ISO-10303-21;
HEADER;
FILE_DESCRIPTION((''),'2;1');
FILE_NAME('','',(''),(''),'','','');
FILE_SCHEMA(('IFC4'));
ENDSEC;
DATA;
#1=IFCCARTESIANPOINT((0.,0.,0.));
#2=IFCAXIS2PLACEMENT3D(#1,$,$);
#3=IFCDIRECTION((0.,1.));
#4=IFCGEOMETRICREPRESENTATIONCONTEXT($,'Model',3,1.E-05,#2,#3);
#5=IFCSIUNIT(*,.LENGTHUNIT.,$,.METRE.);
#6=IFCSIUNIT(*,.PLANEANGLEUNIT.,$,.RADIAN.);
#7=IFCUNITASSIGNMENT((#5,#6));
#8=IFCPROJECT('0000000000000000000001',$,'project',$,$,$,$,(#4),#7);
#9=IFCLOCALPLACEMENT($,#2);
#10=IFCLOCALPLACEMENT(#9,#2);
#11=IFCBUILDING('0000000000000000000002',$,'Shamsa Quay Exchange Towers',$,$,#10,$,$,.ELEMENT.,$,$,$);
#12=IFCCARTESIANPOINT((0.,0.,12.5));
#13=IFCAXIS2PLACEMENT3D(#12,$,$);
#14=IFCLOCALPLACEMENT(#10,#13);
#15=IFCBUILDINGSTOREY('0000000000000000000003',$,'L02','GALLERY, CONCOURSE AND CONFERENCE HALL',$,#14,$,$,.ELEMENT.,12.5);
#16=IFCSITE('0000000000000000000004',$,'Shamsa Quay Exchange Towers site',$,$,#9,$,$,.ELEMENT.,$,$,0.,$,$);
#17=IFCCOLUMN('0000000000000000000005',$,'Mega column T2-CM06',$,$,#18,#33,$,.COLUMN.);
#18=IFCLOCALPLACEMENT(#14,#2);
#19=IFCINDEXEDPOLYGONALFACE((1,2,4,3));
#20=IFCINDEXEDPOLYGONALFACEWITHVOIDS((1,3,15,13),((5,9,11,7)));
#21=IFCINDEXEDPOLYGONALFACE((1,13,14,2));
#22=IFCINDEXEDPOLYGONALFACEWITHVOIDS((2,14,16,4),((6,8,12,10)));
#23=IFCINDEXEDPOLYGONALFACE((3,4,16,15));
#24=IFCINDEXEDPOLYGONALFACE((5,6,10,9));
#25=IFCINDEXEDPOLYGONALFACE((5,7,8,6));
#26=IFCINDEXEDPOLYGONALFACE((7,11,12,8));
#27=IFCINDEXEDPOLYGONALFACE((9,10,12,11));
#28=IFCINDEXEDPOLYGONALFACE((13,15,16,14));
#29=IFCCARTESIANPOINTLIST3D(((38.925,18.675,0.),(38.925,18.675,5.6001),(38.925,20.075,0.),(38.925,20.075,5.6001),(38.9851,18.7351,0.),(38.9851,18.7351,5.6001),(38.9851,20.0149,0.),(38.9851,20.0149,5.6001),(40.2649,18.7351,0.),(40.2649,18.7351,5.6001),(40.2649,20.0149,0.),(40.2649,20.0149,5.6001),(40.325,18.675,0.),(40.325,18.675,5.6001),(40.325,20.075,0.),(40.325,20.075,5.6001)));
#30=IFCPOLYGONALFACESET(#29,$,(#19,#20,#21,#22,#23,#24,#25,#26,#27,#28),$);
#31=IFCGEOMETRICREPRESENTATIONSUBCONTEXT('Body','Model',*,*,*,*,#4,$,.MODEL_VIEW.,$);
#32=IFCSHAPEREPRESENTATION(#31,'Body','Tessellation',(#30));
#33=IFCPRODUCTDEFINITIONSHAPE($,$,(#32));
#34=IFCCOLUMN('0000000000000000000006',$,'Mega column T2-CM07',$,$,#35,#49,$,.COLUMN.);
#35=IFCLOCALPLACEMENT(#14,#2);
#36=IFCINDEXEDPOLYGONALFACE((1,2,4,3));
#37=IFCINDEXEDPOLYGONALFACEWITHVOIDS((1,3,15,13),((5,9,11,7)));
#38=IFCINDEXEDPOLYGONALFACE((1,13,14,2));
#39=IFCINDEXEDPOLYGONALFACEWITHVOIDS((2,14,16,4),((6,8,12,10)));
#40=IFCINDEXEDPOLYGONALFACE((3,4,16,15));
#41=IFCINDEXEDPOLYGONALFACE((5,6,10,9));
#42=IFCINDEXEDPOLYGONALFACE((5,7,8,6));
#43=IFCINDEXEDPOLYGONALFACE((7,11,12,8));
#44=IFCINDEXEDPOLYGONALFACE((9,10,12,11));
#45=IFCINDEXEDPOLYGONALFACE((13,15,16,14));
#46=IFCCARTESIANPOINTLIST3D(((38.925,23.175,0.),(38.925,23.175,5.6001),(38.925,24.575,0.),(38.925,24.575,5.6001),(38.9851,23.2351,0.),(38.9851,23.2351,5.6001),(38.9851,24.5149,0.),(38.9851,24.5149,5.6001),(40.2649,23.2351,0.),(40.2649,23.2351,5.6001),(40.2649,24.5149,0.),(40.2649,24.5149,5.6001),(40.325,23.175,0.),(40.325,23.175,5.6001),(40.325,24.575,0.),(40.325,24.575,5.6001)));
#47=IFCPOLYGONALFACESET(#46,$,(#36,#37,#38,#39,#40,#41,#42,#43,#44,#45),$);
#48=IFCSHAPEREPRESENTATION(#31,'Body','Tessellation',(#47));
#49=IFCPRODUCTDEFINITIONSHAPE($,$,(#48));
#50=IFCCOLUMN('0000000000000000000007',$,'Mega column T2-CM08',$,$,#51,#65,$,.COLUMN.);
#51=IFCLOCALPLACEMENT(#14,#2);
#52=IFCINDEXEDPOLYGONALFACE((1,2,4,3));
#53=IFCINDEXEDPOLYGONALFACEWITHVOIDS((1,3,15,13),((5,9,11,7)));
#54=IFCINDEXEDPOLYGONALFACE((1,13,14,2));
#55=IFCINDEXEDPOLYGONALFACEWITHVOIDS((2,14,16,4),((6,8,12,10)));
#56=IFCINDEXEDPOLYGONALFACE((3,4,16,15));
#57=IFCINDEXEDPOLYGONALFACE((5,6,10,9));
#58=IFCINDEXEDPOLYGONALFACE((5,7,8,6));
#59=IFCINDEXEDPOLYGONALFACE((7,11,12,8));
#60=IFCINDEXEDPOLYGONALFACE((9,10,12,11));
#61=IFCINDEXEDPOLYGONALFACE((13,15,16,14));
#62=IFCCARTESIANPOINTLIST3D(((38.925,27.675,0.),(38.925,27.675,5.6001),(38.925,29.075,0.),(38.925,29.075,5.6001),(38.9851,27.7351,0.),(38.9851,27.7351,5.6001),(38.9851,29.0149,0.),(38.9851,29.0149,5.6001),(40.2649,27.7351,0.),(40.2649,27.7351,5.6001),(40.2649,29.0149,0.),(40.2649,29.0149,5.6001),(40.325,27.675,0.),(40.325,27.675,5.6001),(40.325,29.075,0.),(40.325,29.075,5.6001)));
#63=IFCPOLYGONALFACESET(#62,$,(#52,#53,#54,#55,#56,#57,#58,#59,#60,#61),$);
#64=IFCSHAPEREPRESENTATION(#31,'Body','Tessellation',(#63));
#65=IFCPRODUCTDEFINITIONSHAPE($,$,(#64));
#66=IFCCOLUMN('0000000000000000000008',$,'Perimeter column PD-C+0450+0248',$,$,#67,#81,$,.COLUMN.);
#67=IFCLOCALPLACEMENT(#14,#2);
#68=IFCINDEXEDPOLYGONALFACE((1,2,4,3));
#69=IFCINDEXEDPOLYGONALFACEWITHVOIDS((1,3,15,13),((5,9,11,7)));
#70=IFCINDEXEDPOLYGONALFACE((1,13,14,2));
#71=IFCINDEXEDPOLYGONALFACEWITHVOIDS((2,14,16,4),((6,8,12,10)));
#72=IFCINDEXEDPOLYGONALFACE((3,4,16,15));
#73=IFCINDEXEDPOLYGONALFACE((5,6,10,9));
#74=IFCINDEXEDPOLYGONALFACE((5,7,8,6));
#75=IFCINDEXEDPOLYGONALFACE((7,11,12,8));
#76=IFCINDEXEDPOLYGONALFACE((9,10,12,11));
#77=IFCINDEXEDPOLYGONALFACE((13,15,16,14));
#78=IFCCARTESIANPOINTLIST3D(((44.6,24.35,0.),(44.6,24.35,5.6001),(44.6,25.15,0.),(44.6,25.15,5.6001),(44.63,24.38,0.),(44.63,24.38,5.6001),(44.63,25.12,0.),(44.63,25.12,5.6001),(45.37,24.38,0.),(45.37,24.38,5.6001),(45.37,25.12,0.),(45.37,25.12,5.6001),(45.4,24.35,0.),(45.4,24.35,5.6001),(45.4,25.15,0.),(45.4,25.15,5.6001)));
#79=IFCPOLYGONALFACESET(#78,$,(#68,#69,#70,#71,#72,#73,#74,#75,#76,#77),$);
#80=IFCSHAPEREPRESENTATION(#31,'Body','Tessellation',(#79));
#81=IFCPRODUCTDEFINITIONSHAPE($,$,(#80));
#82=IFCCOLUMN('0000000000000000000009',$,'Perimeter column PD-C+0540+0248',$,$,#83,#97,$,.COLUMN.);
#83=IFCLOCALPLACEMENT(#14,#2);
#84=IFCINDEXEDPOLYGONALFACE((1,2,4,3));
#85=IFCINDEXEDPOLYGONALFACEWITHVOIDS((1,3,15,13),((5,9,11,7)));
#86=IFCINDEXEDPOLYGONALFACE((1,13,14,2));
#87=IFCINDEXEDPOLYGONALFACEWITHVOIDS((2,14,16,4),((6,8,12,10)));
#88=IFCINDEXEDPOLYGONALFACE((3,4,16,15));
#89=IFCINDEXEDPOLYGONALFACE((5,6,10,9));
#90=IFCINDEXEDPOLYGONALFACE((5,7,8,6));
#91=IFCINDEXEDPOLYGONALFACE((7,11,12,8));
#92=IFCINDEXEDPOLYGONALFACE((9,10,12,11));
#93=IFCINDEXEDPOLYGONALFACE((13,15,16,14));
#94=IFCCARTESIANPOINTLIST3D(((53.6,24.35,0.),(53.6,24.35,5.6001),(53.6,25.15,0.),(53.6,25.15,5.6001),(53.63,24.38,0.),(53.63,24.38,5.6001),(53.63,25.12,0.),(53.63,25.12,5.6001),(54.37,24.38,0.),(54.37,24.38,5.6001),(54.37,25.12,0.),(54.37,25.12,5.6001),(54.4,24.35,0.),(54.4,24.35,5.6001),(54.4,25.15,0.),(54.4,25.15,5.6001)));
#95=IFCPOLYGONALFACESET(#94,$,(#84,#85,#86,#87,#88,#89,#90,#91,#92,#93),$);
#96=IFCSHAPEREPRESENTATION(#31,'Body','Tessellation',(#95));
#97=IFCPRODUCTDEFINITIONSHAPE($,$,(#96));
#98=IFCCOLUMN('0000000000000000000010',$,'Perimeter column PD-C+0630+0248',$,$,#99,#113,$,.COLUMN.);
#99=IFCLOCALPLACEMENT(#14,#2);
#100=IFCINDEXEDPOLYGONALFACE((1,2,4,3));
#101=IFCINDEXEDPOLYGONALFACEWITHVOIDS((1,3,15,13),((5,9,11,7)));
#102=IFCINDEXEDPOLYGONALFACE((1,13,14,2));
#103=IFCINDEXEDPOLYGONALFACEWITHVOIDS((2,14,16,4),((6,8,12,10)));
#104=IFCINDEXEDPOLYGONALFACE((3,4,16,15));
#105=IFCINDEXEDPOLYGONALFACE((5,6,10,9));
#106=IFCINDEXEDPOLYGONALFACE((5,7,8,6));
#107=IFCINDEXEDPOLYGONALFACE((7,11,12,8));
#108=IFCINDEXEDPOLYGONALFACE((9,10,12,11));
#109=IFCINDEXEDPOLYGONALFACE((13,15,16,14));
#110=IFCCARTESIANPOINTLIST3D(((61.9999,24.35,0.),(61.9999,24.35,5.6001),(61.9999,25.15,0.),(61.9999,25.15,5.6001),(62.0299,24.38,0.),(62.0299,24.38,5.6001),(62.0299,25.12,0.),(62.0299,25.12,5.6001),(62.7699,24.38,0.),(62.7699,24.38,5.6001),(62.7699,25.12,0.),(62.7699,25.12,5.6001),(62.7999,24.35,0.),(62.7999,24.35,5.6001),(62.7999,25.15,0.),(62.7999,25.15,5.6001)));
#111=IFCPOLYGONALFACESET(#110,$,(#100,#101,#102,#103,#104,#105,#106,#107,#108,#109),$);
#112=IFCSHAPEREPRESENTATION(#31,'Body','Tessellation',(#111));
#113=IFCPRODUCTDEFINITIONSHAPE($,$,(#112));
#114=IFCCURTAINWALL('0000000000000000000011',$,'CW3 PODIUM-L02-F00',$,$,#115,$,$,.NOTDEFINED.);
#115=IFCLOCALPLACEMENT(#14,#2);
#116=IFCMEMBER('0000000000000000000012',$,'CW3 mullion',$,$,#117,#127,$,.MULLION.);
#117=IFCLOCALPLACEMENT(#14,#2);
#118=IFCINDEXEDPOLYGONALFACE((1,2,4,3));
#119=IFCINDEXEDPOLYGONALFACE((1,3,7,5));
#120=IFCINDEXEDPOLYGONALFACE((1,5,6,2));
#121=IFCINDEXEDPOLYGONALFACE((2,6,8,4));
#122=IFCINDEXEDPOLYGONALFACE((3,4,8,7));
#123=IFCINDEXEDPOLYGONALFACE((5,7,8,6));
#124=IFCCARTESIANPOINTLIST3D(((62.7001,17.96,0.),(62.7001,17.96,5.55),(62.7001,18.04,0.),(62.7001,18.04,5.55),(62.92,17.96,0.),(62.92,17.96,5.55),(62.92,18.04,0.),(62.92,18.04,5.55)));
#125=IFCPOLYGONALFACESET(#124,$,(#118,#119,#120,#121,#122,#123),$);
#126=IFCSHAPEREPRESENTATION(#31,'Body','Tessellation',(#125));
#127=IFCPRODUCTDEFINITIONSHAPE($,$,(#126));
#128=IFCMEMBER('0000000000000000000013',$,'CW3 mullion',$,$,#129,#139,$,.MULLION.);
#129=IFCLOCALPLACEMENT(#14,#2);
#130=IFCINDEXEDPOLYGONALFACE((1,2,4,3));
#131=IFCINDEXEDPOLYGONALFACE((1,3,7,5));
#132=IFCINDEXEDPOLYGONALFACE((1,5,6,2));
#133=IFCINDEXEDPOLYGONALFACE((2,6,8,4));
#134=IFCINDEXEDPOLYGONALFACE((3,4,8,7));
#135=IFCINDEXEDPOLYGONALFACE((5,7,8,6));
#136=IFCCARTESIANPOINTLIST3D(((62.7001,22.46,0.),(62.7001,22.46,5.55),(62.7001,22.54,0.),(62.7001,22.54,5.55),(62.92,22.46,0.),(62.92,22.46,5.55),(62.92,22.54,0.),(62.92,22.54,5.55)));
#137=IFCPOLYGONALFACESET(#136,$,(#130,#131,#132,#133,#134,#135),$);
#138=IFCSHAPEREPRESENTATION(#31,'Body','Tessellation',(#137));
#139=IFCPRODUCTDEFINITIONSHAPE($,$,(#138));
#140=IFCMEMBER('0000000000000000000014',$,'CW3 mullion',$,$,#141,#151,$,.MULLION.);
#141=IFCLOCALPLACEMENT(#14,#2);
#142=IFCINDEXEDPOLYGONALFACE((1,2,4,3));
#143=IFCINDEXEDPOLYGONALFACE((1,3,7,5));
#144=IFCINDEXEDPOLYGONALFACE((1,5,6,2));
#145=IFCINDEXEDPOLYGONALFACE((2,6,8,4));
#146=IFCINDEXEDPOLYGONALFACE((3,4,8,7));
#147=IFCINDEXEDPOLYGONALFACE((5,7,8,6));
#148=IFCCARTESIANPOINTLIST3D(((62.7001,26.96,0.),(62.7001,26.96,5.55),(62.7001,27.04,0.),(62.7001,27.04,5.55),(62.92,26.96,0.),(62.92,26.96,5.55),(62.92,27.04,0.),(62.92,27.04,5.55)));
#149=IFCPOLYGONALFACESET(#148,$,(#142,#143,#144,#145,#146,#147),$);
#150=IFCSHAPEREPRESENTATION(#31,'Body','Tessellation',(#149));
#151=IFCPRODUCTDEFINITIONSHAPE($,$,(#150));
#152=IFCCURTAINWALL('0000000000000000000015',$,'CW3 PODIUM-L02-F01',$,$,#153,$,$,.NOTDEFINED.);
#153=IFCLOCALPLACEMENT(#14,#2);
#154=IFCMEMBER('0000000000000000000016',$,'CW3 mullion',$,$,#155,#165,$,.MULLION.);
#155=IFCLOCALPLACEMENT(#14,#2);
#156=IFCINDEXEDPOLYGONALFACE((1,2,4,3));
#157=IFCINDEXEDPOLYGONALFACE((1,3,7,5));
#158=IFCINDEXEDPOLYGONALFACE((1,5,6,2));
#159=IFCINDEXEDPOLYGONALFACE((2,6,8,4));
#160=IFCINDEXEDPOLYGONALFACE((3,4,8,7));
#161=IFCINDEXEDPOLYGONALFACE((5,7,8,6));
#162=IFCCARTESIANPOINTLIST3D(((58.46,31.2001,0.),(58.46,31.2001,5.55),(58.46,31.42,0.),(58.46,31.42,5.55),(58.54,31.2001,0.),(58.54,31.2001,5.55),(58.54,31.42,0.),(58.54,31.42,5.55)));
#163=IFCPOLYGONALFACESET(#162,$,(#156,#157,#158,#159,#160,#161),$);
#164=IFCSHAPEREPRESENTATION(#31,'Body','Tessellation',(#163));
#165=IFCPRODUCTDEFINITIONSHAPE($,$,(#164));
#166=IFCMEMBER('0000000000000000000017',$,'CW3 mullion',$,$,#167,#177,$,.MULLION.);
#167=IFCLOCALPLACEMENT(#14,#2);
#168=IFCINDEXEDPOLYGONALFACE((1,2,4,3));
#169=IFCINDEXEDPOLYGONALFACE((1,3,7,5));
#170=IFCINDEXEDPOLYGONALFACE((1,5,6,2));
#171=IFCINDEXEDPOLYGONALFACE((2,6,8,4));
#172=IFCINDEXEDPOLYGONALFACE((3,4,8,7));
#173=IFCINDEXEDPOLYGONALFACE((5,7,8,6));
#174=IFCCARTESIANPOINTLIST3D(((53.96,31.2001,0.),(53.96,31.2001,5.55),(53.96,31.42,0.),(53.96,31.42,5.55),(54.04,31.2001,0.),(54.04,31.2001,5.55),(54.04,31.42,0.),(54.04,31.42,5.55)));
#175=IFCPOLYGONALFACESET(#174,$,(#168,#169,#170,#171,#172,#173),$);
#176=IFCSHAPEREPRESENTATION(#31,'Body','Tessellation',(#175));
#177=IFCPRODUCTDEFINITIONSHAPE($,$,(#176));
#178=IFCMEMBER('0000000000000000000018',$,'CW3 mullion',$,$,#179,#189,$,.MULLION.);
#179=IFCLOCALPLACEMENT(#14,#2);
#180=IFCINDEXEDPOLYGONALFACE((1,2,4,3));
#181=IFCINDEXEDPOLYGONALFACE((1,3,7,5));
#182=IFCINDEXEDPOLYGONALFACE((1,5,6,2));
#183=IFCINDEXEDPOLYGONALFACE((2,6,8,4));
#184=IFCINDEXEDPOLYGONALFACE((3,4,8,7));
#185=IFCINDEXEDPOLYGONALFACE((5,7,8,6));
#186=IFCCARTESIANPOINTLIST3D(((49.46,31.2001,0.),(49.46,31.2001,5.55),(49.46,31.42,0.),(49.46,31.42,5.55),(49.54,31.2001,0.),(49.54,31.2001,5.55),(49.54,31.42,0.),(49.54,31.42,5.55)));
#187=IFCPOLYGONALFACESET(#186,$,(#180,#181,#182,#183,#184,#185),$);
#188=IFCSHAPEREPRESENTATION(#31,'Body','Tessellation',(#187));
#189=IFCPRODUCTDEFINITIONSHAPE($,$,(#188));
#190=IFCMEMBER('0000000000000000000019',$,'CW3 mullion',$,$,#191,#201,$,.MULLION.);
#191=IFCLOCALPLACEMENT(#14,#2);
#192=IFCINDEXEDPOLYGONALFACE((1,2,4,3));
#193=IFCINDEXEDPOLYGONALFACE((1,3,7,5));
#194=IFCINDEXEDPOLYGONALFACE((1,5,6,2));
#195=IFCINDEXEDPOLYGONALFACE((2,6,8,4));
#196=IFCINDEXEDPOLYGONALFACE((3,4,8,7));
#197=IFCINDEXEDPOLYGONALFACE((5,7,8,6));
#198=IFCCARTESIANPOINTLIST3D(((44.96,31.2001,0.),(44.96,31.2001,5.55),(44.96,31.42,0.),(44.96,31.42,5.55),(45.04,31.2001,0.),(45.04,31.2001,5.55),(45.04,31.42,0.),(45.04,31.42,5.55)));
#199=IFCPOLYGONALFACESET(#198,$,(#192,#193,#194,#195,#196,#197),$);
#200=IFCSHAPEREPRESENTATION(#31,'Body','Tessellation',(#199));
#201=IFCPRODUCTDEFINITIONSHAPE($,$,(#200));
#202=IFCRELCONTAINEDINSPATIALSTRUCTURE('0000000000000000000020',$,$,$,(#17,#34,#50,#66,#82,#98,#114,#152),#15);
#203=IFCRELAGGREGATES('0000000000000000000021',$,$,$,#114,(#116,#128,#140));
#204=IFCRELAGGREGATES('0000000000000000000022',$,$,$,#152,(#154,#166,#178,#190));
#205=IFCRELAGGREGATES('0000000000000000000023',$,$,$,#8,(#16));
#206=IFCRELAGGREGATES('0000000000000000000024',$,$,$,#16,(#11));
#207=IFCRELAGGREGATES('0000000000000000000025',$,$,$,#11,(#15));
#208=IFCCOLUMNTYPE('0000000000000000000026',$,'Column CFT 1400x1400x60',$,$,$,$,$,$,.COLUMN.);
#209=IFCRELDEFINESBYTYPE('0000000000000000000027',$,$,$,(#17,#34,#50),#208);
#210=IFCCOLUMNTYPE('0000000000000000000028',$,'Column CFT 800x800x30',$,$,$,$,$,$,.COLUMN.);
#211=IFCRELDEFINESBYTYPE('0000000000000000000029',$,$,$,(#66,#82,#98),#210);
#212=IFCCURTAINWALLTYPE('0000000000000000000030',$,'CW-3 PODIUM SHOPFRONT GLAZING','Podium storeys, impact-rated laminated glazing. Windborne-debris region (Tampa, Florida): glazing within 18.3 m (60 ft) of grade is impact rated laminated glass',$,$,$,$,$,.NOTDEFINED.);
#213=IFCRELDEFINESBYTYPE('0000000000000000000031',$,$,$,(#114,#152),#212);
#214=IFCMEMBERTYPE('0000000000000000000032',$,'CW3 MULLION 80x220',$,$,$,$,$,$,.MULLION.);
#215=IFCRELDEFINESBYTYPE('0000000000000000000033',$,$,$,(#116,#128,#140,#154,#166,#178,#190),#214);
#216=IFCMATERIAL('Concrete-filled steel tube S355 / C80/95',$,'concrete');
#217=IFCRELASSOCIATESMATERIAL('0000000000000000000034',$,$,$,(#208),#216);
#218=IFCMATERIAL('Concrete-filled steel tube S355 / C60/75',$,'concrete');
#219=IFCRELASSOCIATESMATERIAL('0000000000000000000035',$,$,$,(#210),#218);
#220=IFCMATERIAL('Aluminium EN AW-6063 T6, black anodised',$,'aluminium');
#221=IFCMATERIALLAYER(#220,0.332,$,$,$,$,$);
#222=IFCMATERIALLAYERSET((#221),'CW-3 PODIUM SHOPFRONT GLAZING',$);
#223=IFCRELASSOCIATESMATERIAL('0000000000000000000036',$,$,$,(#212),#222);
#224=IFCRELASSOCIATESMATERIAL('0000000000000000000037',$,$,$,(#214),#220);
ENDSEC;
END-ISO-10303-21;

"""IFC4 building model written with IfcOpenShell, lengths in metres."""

from ifc_helpers import new_model, si_unit, direction, frame, origin, origin_2d, place, context, subcontext, project, spatial, rectangle, hollow_rectangle, extrude, material, layer, layer_set, material_profile, profile_set, type_object, element, aggregate, save


model = new_model("IFC4")

# Units and contexts
model_context = context("Model", 3, precision=1e-05, world=origin(), true_north=direction((0.0, 1.0)))
body_context = subcontext(model_context, "Body", "Model", "MODEL_VIEW")
ifc_project = project(units=[si_unit("LENGTHUNIT", "METRE"), si_unit("PLANEANGLEUNIT", "RADIAN")], contexts=[model_context])

# Site, building, storey
site_placement = place(None, origin())
site = spatial("IfcSite", under=ifc_project, at=site_placement, Name="Shamsa Quay Exchange Towers site", CompositionType="ELEMENT", RefElevation=0.0)
building_placement = place(site_placement, origin())
building = spatial("IfcBuilding", under=site, at=building_placement, Name="Shamsa Quay Exchange Towers", CompositionType="ELEMENT")
storey_placement = place(building_placement, frame((0.0, 0.0, 12.5)))
storey = spatial("IfcBuildingStorey", under=building, at=storey_placement, Name="L02", Description="GALLERY, CONCOURSE AND CONFERENCE HALL", CompositionType="ELEMENT", Elevation=12.5)

# Columns
ifc_material_1 = material(Name="Concrete-filled steel tube S355 / C80/95", Category="concrete")
ifc_material_profile_1 = material_profile(ifc_material_1, hollow_rectangle(XDim=1.3999, YDim=1.3999, WallThickness=0.0601, at=origin_2d()), Name="CFT 1400x1400x60")
ifc_profile_set_1 = profile_set([ifc_material_profile_1], Name="Concrete-filled steel tube S355 / C80/95")
column_type_1 = type_object("IfcColumnType", Name="Column CFT 1400x1400x60", PredefinedType="COLUMN", material=ifc_profile_set_1)
for number, where, name in (
    (1, (39.625, 19.375, 0.0), "Mega column T2-CM06"),
    (2, (39.625, 23.875, 0.0), "Mega column T2-CM07"),
    (3, (39.625, 28.375, 0.0), "Mega column T2-CM08"),
):
    element("IfcColumn", number, at=place(storey_placement, frame(where)), inside=storey, type_object=column_type_1, Name=name, PredefinedType="COLUMN", context=body_context, shape_type="SweptSolid", body=[
        extrude(hollow_rectangle(XDim=1.3999, YDim=1.3999, WallThickness=0.0601, at=origin_2d()), origin(), (0.0, 0.0, 1.0), 5.6001),
    ])
ifc_material_2 = material(Name="Concrete-filled steel tube S355 / C60/75", Category="concrete")
ifc_material_profile_2 = material_profile(ifc_material_2, hollow_rectangle(XDim=0.8, YDim=0.8, WallThickness=0.03, at=origin_2d()), Name="CFT 800x800x30")
ifc_profile_set_2 = profile_set([ifc_material_profile_2], Name="Concrete-filled steel tube S355 / C60/75")
column_type_2 = type_object("IfcColumnType", Name="Column CFT 800x800x30", PredefinedType="COLUMN", material=ifc_profile_set_2)
for number, where, name in (
    (4, (45.0, 24.75, 0.0), "Perimeter column PD-C+0450+0248"),
    (5, (54.0, 24.75, 0.0), "Perimeter column PD-C+0540+0248"),
    (6, (62.3999, 24.75, 0.0), "Perimeter column PD-C+0630+0248"),
):
    element("IfcColumn", number, at=place(storey_placement, frame(where)), inside=storey, type_object=column_type_2, Name=name, PredefinedType="COLUMN", context=body_context, shape_type="SweptSolid", body=[
        extrude(hollow_rectangle(XDim=0.8, YDim=0.8, WallThickness=0.03, at=origin_2d()), origin(), (0.0, 0.0, 1.0), 5.6001),
    ])

# Curtain walls, members
ifc_material_3 = material(Name="Aluminium EN AW-6063 T6, black anodised", Category="aluminium")
ifc_layer_1 = layer(ifc_material_3, 0.332)
ifc_layer_set_1 = layer_set([ifc_layer_1], Name="CW-3 PODIUM SHOPFRONT GLAZING")
curtain_wall_type = type_object("IfcCurtainWallType", Name="CW-3 PODIUM SHOPFRONT GLAZING", Description="Podium storeys, impact-rated laminated glazing. Windborne-debris region (Tampa, Florida): glazing within 18.3 m (60 ft) of grade is impact rated laminated glass", PredefinedType="NOTDEFINED", material=ifc_layer_set_1)
curtain_wall_1_placement = place(storey_placement, origin())
curtain_wall_1 = element("IfcCurtainWall", 7, at=curtain_wall_1_placement, inside=storey, type_object=curtain_wall_type, Name="CW3 PODIUM-L02-F00", PredefinedType="NOTDEFINED")
ifc_material_profile_3 = material_profile(ifc_material_3, rectangle(XDim=0.22, YDim=0.0801, at=origin_2d()), Name="MU80x220")
ifc_profile_set_3 = profile_set([ifc_material_profile_3], Name="Aluminium EN AW-6063 T6, black anodised")
member_type_1 = type_object("IfcMemberType", Name="CW3 MULLION 80x220", PredefinedType="MULLION", material=ifc_profile_set_3)
member_1_placement = place(storey_placement, frame((62.8101, 18.0, 0.0), z_axis=(0.0, 0.0, 1.0), x_axis=(-1.0, 0.0, 0.0)))
member_1 = element("IfcMember", 8, at=member_1_placement, type_object=member_type_1, Name="CW3 mullion", PredefinedType="MULLION", context=body_context, shape_type="SweptSolid", body=[
    extrude(rectangle(XDim=0.22, YDim=0.0801, at=origin_2d()), origin(), (0.0, 0.0, 1.0), 5.55),
])
member_2_placement = place(storey_placement, frame((62.8101, 22.5, 0.0), z_axis=(0.0, 0.0, 1.0), x_axis=(-1.0, 0.0, 0.0)))
member_2 = element("IfcMember", 9, at=member_2_placement, type_object=member_type_1, Name="CW3 mullion", PredefinedType="MULLION", context=body_context, shape_type="SweptSolid", body=[
    extrude(rectangle(XDim=0.22, YDim=0.0801, at=origin_2d()), origin(), (0.0, 0.0, 1.0), 5.55),
])
member_3_placement = place(storey_placement, frame((62.8101, 27.0, 0.0), z_axis=(0.0, 0.0, 1.0), x_axis=(-1.0, 0.0, 0.0)))
member_3 = element("IfcMember", 10, at=member_3_placement, type_object=member_type_1, Name="CW3 mullion", PredefinedType="MULLION", context=body_context, shape_type="SweptSolid", body=[
    extrude(rectangle(XDim=0.22, YDim=0.0801, at=origin_2d()), origin(), (0.0, 0.0, 1.0), 5.55),
])
curtain_wall_2_placement = place(storey_placement, origin())
curtain_wall_2 = element("IfcCurtainWall", 11, at=curtain_wall_2_placement, inside=storey, type_object=curtain_wall_type, Name="CW3 PODIUM-L02-F01", PredefinedType="NOTDEFINED")
member_4_placement = place(storey_placement, frame((58.5, 31.3101, 0.0), z_axis=(0.0, 0.0, 1.0), x_axis=(0.0, -1.0, 0.0)))
member_4 = element("IfcMember", 12, at=member_4_placement, type_object=member_type_1, Name="CW3 mullion", PredefinedType="MULLION", context=body_context, shape_type="SweptSolid", body=[
    extrude(rectangle(XDim=0.22, YDim=0.0801, at=origin_2d()), origin(), (0.0, 0.0, 1.0), 5.55),
])
member_5_placement = place(storey_placement, frame((54.0, 31.3101, 0.0), z_axis=(0.0, 0.0, 1.0), x_axis=(0.0, -1.0, 0.0)))
member_5 = element("IfcMember", 13, at=member_5_placement, type_object=member_type_1, Name="CW3 mullion", PredefinedType="MULLION", context=body_context, shape_type="SweptSolid", body=[
    extrude(rectangle(XDim=0.22, YDim=0.0801, at=origin_2d()), origin(), (0.0, 0.0, 1.0), 5.55),
])
member_6_placement = place(storey_placement, frame((49.5, 31.3101, 0.0), z_axis=(0.0, 0.0, 1.0), x_axis=(0.0, -1.0, 0.0)))
member_6 = element("IfcMember", 14, at=member_6_placement, type_object=member_type_1, Name="CW3 mullion", PredefinedType="MULLION", context=body_context, shape_type="SweptSolid", body=[
    extrude(rectangle(XDim=0.22, YDim=0.0801, at=origin_2d()), origin(), (0.0, 0.0, 1.0), 5.55),
])
member_7_placement = place(storey_placement, frame((45.0, 31.3101, 0.0), z_axis=(0.0, 0.0, 1.0), x_axis=(0.0, -1.0, 0.0)))
member_7 = element("IfcMember", 15, at=member_7_placement, type_object=member_type_1, Name="CW3 mullion", PredefinedType="MULLION", context=body_context, shape_type="SweptSolid", body=[
    extrude(rectangle(XDim=0.22, YDim=0.0801, at=origin_2d()), origin(), (0.0, 0.0, 1.0), 5.55),
])

aggregate(curtain_wall_1, [member_1, member_2, member_3])
aggregate(curtain_wall_2, [member_4, member_5, member_6, member_7])

save(model, "model.ifc")
